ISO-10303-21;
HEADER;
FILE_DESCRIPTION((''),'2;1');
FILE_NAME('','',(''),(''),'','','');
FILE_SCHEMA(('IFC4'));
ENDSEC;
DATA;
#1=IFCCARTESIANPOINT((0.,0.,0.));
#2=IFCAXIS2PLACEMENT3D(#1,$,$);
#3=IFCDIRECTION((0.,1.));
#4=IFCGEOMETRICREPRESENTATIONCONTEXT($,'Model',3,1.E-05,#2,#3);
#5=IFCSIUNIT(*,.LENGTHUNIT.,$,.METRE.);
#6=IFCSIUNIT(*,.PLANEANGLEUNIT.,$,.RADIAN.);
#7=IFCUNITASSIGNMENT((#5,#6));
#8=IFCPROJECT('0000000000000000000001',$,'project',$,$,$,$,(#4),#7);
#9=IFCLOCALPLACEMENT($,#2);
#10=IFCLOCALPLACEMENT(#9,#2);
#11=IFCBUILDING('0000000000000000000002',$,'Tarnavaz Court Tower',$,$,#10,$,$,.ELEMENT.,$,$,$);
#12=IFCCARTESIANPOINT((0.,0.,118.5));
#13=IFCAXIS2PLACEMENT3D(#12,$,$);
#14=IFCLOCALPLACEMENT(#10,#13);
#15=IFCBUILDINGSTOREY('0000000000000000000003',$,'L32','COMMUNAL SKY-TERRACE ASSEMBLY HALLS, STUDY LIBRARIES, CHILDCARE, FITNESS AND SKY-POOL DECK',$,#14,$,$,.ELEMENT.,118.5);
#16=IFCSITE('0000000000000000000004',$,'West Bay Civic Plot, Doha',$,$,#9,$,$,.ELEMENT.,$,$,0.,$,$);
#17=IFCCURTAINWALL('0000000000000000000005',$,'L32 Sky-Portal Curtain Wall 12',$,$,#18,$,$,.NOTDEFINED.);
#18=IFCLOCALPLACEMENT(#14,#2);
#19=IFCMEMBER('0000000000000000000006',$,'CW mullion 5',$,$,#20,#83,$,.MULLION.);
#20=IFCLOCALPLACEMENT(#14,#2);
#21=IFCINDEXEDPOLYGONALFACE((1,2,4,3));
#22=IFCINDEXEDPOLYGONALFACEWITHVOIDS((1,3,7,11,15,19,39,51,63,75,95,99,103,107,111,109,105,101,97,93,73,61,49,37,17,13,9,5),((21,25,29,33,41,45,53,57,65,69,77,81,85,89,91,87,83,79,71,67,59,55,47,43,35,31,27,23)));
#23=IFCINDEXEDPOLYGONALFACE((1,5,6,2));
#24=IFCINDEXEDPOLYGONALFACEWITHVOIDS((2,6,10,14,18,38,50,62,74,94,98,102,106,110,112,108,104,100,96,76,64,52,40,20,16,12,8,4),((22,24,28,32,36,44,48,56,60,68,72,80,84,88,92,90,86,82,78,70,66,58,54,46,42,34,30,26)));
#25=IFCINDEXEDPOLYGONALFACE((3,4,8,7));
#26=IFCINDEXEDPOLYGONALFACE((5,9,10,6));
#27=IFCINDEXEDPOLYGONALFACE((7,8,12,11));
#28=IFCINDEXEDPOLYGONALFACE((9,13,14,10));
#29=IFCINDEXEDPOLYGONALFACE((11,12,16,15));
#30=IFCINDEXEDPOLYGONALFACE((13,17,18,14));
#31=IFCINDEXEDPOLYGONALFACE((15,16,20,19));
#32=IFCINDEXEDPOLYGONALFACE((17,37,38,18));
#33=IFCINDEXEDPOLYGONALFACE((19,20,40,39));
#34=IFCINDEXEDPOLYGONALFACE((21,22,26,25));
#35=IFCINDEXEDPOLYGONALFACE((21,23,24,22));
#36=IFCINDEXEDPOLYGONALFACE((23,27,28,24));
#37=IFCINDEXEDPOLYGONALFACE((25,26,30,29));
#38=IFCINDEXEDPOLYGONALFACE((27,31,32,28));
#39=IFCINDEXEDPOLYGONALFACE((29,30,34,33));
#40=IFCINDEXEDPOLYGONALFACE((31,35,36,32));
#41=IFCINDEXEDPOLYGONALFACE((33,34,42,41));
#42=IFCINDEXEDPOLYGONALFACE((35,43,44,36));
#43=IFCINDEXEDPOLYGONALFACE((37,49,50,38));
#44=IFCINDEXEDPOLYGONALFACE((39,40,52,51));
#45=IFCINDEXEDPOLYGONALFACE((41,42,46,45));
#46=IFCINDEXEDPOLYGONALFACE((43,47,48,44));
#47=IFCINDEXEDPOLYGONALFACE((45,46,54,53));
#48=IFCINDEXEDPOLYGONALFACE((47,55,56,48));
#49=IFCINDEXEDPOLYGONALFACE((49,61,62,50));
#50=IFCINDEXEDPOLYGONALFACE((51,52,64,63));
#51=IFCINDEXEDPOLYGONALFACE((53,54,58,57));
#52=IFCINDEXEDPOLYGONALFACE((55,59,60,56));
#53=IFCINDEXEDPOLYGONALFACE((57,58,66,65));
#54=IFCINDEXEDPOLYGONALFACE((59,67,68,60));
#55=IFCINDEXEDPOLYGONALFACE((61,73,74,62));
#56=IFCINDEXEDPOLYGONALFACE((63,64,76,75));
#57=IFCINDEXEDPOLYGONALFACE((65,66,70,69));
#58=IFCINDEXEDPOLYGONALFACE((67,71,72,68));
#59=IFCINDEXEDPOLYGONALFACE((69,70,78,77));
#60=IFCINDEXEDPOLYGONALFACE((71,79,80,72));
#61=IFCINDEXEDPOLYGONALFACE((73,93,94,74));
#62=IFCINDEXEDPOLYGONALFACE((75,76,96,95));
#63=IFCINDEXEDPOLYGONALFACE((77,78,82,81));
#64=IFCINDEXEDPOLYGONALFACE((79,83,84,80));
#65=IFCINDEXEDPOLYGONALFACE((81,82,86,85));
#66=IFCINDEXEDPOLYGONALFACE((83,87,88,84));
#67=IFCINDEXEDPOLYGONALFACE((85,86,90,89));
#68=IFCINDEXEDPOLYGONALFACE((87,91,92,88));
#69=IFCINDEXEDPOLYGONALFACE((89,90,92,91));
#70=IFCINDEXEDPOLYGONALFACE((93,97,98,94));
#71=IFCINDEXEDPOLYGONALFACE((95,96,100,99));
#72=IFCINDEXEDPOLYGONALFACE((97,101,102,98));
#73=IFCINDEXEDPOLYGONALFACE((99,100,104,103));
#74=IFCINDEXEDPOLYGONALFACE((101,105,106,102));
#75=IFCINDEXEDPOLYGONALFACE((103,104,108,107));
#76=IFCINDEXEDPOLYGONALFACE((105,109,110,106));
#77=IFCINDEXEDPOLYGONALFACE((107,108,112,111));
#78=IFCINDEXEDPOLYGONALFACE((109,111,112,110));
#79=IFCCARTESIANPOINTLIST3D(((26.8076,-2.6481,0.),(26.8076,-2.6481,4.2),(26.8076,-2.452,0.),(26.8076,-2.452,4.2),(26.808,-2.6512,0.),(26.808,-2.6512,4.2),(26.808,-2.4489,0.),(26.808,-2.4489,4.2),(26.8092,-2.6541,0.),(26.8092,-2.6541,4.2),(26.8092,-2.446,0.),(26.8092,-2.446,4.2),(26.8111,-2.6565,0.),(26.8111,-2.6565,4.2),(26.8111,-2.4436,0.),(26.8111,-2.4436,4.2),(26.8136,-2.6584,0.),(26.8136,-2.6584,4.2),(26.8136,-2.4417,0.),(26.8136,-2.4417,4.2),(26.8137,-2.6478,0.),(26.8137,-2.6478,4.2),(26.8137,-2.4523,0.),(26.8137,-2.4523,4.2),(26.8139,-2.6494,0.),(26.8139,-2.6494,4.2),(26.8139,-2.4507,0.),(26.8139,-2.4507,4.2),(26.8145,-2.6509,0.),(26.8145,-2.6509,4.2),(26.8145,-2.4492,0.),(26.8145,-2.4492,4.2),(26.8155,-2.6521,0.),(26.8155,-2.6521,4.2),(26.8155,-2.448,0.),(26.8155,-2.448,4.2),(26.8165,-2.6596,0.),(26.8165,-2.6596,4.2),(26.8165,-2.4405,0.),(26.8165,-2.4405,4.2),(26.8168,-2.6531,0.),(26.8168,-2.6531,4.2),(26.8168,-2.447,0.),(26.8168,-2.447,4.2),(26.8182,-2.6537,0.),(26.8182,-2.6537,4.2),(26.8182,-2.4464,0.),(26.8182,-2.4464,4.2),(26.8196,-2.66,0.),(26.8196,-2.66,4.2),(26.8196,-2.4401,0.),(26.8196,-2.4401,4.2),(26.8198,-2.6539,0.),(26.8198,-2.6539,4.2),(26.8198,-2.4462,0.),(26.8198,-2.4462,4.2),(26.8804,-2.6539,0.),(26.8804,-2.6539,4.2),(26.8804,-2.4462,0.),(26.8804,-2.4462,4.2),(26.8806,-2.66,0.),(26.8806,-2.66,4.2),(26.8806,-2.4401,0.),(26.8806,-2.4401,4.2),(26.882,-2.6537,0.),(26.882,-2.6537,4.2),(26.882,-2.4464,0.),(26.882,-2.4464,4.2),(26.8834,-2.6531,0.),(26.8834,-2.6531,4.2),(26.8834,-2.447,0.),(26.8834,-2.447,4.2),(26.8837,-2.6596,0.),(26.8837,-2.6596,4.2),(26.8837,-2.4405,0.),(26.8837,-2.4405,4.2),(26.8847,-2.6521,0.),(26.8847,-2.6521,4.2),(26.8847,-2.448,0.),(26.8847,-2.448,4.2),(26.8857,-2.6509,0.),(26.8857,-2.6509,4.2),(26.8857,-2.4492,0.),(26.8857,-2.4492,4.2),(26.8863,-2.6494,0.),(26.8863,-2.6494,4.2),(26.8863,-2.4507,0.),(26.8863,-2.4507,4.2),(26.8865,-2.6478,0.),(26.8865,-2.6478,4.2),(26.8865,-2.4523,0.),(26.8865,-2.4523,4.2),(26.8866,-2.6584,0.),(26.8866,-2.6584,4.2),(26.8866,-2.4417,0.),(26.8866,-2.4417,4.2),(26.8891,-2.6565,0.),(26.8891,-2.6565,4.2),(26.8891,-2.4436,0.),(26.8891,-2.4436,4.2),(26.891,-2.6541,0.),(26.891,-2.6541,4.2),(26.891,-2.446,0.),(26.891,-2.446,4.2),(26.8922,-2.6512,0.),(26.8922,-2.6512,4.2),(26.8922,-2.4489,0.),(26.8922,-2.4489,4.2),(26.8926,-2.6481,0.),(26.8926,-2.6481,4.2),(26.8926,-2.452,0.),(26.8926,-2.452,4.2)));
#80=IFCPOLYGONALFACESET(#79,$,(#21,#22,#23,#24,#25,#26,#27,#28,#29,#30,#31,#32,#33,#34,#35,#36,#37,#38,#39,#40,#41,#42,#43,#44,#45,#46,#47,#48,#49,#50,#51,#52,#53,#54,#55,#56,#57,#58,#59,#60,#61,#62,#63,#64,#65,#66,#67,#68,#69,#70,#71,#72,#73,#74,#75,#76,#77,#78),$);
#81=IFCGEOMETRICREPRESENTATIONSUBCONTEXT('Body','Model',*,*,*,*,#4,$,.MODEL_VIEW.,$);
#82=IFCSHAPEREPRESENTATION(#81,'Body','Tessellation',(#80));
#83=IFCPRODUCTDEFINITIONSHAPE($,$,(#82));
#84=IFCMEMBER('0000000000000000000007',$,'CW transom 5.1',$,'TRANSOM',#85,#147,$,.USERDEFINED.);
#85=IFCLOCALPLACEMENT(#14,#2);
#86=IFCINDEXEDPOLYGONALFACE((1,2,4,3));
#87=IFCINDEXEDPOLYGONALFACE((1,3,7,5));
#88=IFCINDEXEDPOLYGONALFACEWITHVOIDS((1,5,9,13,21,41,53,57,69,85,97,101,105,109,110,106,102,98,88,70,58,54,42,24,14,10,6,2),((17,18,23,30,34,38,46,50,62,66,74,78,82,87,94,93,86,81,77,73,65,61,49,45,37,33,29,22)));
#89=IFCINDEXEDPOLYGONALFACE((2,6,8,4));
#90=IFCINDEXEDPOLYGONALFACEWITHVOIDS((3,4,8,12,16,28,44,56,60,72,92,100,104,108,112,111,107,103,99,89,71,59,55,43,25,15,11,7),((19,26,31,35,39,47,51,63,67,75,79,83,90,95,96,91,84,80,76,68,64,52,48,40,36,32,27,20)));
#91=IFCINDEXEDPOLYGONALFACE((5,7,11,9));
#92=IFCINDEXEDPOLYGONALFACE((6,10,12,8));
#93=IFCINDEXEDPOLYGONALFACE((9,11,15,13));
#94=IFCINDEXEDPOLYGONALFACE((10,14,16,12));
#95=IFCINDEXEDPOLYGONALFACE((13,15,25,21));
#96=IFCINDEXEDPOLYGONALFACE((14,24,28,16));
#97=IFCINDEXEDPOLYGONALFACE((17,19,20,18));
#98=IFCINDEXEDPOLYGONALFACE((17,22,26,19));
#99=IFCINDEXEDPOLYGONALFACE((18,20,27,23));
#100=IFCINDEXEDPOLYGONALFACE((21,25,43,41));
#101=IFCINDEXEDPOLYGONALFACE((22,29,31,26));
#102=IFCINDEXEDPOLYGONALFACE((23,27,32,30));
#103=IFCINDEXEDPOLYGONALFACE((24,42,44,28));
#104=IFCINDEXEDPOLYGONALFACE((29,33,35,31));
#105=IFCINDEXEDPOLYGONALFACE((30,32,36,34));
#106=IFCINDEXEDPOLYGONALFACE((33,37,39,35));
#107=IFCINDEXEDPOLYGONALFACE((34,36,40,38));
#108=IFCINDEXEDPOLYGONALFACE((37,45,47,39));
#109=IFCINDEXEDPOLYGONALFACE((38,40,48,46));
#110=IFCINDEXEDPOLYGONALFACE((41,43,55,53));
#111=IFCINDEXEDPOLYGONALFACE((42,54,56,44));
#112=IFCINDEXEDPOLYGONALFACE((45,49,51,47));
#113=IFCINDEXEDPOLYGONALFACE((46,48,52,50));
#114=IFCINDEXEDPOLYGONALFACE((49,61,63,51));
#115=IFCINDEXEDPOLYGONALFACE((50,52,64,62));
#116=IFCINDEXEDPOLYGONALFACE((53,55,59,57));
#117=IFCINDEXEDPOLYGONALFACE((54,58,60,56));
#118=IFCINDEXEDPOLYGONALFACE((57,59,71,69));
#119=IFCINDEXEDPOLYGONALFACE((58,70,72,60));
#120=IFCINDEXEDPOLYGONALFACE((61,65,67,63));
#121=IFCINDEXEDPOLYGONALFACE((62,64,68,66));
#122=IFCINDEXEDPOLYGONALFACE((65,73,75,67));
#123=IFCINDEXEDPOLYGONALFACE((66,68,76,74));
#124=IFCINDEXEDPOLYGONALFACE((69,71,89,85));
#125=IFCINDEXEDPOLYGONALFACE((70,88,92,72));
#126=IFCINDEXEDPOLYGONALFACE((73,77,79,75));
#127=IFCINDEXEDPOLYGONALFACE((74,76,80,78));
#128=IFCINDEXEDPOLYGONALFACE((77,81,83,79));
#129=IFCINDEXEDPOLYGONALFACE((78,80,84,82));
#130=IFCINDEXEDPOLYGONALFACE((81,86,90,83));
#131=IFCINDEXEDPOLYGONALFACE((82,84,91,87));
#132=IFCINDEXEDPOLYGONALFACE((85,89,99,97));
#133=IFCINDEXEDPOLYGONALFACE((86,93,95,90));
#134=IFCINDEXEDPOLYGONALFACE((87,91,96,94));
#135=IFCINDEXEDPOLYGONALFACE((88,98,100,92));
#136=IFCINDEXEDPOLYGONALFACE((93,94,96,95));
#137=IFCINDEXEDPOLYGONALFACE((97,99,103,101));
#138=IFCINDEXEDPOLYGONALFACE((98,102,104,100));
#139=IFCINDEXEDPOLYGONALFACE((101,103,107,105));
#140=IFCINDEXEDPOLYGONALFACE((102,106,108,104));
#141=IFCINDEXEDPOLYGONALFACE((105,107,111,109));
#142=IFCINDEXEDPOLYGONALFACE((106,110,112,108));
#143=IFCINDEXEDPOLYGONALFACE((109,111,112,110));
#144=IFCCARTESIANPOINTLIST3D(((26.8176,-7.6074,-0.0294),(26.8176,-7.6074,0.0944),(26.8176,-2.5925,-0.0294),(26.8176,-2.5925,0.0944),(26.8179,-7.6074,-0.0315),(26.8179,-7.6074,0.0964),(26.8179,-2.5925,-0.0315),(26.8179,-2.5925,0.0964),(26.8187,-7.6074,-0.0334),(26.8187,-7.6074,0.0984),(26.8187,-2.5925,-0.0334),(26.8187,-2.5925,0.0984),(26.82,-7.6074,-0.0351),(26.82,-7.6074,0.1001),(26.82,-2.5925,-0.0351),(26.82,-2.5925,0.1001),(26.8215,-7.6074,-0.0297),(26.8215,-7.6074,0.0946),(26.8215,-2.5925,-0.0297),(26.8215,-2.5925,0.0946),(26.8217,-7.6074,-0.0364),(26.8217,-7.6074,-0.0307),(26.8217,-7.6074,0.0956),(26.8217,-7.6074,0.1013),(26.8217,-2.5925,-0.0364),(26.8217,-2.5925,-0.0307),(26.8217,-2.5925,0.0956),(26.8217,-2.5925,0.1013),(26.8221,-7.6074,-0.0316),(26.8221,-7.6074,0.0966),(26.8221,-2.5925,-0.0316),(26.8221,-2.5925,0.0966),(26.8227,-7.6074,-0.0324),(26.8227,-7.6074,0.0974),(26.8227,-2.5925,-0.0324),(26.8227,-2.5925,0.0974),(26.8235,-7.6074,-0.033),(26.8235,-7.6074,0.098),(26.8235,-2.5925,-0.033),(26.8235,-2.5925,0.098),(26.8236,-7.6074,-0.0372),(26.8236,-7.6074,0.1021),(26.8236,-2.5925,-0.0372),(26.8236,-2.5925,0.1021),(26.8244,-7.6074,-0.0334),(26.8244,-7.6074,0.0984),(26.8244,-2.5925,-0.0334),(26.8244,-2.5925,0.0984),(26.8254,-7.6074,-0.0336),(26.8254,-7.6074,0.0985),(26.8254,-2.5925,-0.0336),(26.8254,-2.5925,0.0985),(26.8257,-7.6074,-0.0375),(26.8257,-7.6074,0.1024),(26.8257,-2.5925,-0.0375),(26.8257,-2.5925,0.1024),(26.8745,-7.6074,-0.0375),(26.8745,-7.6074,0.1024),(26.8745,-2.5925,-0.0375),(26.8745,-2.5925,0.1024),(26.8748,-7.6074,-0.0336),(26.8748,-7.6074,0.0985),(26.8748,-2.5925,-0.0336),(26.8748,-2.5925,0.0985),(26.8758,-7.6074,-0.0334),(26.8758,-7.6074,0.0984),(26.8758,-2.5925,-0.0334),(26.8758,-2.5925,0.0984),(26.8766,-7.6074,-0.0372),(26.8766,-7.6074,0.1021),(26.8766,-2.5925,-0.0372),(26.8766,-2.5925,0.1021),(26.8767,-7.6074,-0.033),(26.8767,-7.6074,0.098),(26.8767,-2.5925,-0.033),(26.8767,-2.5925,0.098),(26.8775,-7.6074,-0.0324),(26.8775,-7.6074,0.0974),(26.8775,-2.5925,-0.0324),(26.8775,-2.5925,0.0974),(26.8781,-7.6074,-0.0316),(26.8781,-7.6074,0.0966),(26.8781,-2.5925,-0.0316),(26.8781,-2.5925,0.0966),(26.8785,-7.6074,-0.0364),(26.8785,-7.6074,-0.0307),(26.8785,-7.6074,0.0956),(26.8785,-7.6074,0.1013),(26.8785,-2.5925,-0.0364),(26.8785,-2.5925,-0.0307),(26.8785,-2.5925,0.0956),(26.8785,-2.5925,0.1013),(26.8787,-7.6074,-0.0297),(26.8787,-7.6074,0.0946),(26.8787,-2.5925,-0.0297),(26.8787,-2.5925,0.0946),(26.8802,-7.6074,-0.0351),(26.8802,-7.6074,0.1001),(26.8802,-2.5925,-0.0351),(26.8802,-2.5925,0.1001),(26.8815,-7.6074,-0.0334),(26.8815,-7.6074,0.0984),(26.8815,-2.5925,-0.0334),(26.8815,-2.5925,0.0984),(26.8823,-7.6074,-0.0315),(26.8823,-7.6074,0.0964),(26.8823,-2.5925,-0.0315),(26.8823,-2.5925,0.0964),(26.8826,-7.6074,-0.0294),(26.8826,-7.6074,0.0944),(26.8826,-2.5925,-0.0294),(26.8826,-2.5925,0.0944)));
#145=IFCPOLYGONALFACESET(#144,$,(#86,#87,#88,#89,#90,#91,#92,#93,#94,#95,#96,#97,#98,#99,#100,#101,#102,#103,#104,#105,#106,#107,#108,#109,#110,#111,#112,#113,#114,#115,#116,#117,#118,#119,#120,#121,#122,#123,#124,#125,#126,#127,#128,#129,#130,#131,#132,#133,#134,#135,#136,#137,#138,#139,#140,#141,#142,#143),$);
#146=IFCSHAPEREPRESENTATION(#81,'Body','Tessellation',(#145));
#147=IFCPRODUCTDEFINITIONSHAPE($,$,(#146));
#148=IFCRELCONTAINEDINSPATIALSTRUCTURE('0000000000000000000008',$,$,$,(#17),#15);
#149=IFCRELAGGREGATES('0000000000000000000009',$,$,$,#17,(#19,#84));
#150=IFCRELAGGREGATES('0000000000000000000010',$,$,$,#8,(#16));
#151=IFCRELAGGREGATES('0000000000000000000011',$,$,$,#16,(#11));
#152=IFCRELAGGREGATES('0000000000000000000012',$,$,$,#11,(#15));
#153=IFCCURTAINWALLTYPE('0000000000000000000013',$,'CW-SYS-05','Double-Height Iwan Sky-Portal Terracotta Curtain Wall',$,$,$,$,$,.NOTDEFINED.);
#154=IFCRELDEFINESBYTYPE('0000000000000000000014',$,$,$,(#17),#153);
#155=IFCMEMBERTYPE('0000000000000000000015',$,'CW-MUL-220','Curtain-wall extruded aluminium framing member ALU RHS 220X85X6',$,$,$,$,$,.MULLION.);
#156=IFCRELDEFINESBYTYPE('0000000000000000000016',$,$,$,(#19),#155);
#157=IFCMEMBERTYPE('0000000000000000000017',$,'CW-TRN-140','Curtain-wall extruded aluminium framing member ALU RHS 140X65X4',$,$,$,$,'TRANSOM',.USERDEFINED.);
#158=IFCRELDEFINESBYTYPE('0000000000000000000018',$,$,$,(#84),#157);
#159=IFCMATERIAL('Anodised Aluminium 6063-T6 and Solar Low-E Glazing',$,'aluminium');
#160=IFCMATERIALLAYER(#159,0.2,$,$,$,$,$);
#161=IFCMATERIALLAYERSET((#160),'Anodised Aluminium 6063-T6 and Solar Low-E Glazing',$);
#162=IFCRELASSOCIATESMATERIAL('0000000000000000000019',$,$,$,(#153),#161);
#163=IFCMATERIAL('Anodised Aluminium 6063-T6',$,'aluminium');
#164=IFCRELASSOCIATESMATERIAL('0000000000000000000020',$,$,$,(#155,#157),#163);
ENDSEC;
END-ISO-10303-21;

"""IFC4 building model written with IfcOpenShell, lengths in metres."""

from ifc_helpers import new_model, si_unit, direction, frame, origin, origin_2d, place, context, subcontext, project, spatial, hollow_rectangle, extrude, material, layer, layer_set, material_profile, profile_set, type_object, element, aggregate, save


model = new_model("IFC4")

# Units and contexts
model_context = context("Model", 3, precision=1e-05, world=origin(), true_north=direction((0.0, 1.0)))
body_context = subcontext(model_context, "Body", "Model", "MODEL_VIEW")
ifc_project = project(units=[si_unit("LENGTHUNIT", "METRE"), si_unit("PLANEANGLEUNIT", "RADIAN")], contexts=[model_context])

# Site, building, storey
site_placement = place(None, origin())
site = spatial("IfcSite", under=ifc_project, at=site_placement, Name="West Bay Civic Plot, Doha", CompositionType="ELEMENT", RefElevation=0.0)
building_placement = place(site_placement, origin())
building = spatial("IfcBuilding", under=site, at=building_placement, Name="Tarnavaz Court Tower", CompositionType="ELEMENT")
storey_placement = place(building_placement, frame((0.0, 0.0, 118.5)))
storey = spatial("IfcBuildingStorey", under=building, at=storey_placement, Name="L32", Description="COMMUNAL SKY-TERRACE ASSEMBLY HALLS, STUDY LIBRARIES, CHILDCARE, FITNESS AND SKY-POOL DECK", CompositionType="ELEMENT", Elevation=118.5)

# Curtain wall, members
ifc_material_1 = material(Name="Anodised Aluminium 6063-T6 and Solar Low-E Glazing", Category="aluminium")
ifc_layer_1 = layer(ifc_material_1, 0.2)
ifc_layer_set_1 = layer_set([ifc_layer_1], Name="Anodised Aluminium 6063-T6 and Solar Low-E Glazing")
curtain_wall_type = type_object("IfcCurtainWallType", Name="CW-SYS-05", Description="Double-Height Iwan Sky-Portal Terracotta Curtain Wall", PredefinedType="NOTDEFINED", material=ifc_layer_set_1)
curtain_wall_placement = place(storey_placement, origin())
curtain_wall = element("IfcCurtainWall", 1, at=curtain_wall_placement, inside=storey, type_object=curtain_wall_type, Name="L32 Sky-Portal Curtain Wall 12", PredefinedType="NOTDEFINED")
ifc_material_2 = material(Name="Anodised Aluminium 6063-T6", Category="aluminium")
ifc_material_profile_1 = material_profile(ifc_material_2, hollow_rectangle(XDim=0.085, YDim=0.22, WallThickness=0.0061, InnerFilletRadius=0.0061, OuterFilletRadius=0.012, at=origin_2d()), Name="ALU RHS 220X85X6")
ifc_profile_set_1 = profile_set([ifc_material_profile_1], Name="Anodised Aluminium 6063-T6")
member_type_1 = type_object("IfcMemberType", Name="CW-MUL-220", Description="Curtain-wall extruded aluminium framing member ALU RHS 220X85X6", PredefinedType="MULLION", material=ifc_profile_set_1)
member_1_placement = place(storey_placement, frame((26.8501, -2.55, 0.0), z_axis=(0.0, 0.0, 1.0), x_axis=(1.0, 0.0, 0.0)))
member_1 = element("IfcMember", 2, at=member_1_placement, type_object=member_type_1, Name="CW mullion 5", PredefinedType="MULLION", context=body_context, shape_type="SweptSolid", body=[
    extrude(hollow_rectangle(XDim=0.085, YDim=0.22, WallThickness=0.0061, InnerFilletRadius=0.0061, OuterFilletRadius=0.012, at=origin_2d()), origin(), (0.0, 0.0, 1.0), 4.2),
])
ifc_material_profile_2 = material_profile(ifc_material_2, hollow_rectangle(XDim=0.0649, YDim=0.1399, WallThickness=0.0039, InnerFilletRadius=0.0039, OuterFilletRadius=0.0081, at=origin_2d()), Name="ALU RHS 140X65X4")
ifc_profile_set_2 = profile_set([ifc_material_profile_2], Name="Anodised Aluminium 6063-T6")
member_type_2 = type_object("IfcMemberType", Name="CW-TRN-140", Description="Curtain-wall extruded aluminium framing member ALU RHS 140X65X4", ElementType="TRANSOM", PredefinedType="USERDEFINED", material=ifc_profile_set_2)
member_2_placement = place(storey_placement, frame((26.8501, -2.5925, 0.0325), z_axis=(0.0, -1.0, 0.0), x_axis=(1.0, 0.0, 0.0)))
member_2 = element("IfcMember", 3, at=member_2_placement, type_object=member_type_2, Name="CW transom 5.1", ObjectType="TRANSOM", PredefinedType="USERDEFINED", context=body_context, shape_type="SweptSolid", body=[
    extrude(hollow_rectangle(XDim=0.0649, YDim=0.1399, WallThickness=0.0039, InnerFilletRadius=0.0039, OuterFilletRadius=0.0081, at=origin_2d()), origin(), (0.0, 0.0, 1.0), 5.0149),
])
aggregate(curtain_wall, [member_1, member_2])

save(model, "model.ifc")
